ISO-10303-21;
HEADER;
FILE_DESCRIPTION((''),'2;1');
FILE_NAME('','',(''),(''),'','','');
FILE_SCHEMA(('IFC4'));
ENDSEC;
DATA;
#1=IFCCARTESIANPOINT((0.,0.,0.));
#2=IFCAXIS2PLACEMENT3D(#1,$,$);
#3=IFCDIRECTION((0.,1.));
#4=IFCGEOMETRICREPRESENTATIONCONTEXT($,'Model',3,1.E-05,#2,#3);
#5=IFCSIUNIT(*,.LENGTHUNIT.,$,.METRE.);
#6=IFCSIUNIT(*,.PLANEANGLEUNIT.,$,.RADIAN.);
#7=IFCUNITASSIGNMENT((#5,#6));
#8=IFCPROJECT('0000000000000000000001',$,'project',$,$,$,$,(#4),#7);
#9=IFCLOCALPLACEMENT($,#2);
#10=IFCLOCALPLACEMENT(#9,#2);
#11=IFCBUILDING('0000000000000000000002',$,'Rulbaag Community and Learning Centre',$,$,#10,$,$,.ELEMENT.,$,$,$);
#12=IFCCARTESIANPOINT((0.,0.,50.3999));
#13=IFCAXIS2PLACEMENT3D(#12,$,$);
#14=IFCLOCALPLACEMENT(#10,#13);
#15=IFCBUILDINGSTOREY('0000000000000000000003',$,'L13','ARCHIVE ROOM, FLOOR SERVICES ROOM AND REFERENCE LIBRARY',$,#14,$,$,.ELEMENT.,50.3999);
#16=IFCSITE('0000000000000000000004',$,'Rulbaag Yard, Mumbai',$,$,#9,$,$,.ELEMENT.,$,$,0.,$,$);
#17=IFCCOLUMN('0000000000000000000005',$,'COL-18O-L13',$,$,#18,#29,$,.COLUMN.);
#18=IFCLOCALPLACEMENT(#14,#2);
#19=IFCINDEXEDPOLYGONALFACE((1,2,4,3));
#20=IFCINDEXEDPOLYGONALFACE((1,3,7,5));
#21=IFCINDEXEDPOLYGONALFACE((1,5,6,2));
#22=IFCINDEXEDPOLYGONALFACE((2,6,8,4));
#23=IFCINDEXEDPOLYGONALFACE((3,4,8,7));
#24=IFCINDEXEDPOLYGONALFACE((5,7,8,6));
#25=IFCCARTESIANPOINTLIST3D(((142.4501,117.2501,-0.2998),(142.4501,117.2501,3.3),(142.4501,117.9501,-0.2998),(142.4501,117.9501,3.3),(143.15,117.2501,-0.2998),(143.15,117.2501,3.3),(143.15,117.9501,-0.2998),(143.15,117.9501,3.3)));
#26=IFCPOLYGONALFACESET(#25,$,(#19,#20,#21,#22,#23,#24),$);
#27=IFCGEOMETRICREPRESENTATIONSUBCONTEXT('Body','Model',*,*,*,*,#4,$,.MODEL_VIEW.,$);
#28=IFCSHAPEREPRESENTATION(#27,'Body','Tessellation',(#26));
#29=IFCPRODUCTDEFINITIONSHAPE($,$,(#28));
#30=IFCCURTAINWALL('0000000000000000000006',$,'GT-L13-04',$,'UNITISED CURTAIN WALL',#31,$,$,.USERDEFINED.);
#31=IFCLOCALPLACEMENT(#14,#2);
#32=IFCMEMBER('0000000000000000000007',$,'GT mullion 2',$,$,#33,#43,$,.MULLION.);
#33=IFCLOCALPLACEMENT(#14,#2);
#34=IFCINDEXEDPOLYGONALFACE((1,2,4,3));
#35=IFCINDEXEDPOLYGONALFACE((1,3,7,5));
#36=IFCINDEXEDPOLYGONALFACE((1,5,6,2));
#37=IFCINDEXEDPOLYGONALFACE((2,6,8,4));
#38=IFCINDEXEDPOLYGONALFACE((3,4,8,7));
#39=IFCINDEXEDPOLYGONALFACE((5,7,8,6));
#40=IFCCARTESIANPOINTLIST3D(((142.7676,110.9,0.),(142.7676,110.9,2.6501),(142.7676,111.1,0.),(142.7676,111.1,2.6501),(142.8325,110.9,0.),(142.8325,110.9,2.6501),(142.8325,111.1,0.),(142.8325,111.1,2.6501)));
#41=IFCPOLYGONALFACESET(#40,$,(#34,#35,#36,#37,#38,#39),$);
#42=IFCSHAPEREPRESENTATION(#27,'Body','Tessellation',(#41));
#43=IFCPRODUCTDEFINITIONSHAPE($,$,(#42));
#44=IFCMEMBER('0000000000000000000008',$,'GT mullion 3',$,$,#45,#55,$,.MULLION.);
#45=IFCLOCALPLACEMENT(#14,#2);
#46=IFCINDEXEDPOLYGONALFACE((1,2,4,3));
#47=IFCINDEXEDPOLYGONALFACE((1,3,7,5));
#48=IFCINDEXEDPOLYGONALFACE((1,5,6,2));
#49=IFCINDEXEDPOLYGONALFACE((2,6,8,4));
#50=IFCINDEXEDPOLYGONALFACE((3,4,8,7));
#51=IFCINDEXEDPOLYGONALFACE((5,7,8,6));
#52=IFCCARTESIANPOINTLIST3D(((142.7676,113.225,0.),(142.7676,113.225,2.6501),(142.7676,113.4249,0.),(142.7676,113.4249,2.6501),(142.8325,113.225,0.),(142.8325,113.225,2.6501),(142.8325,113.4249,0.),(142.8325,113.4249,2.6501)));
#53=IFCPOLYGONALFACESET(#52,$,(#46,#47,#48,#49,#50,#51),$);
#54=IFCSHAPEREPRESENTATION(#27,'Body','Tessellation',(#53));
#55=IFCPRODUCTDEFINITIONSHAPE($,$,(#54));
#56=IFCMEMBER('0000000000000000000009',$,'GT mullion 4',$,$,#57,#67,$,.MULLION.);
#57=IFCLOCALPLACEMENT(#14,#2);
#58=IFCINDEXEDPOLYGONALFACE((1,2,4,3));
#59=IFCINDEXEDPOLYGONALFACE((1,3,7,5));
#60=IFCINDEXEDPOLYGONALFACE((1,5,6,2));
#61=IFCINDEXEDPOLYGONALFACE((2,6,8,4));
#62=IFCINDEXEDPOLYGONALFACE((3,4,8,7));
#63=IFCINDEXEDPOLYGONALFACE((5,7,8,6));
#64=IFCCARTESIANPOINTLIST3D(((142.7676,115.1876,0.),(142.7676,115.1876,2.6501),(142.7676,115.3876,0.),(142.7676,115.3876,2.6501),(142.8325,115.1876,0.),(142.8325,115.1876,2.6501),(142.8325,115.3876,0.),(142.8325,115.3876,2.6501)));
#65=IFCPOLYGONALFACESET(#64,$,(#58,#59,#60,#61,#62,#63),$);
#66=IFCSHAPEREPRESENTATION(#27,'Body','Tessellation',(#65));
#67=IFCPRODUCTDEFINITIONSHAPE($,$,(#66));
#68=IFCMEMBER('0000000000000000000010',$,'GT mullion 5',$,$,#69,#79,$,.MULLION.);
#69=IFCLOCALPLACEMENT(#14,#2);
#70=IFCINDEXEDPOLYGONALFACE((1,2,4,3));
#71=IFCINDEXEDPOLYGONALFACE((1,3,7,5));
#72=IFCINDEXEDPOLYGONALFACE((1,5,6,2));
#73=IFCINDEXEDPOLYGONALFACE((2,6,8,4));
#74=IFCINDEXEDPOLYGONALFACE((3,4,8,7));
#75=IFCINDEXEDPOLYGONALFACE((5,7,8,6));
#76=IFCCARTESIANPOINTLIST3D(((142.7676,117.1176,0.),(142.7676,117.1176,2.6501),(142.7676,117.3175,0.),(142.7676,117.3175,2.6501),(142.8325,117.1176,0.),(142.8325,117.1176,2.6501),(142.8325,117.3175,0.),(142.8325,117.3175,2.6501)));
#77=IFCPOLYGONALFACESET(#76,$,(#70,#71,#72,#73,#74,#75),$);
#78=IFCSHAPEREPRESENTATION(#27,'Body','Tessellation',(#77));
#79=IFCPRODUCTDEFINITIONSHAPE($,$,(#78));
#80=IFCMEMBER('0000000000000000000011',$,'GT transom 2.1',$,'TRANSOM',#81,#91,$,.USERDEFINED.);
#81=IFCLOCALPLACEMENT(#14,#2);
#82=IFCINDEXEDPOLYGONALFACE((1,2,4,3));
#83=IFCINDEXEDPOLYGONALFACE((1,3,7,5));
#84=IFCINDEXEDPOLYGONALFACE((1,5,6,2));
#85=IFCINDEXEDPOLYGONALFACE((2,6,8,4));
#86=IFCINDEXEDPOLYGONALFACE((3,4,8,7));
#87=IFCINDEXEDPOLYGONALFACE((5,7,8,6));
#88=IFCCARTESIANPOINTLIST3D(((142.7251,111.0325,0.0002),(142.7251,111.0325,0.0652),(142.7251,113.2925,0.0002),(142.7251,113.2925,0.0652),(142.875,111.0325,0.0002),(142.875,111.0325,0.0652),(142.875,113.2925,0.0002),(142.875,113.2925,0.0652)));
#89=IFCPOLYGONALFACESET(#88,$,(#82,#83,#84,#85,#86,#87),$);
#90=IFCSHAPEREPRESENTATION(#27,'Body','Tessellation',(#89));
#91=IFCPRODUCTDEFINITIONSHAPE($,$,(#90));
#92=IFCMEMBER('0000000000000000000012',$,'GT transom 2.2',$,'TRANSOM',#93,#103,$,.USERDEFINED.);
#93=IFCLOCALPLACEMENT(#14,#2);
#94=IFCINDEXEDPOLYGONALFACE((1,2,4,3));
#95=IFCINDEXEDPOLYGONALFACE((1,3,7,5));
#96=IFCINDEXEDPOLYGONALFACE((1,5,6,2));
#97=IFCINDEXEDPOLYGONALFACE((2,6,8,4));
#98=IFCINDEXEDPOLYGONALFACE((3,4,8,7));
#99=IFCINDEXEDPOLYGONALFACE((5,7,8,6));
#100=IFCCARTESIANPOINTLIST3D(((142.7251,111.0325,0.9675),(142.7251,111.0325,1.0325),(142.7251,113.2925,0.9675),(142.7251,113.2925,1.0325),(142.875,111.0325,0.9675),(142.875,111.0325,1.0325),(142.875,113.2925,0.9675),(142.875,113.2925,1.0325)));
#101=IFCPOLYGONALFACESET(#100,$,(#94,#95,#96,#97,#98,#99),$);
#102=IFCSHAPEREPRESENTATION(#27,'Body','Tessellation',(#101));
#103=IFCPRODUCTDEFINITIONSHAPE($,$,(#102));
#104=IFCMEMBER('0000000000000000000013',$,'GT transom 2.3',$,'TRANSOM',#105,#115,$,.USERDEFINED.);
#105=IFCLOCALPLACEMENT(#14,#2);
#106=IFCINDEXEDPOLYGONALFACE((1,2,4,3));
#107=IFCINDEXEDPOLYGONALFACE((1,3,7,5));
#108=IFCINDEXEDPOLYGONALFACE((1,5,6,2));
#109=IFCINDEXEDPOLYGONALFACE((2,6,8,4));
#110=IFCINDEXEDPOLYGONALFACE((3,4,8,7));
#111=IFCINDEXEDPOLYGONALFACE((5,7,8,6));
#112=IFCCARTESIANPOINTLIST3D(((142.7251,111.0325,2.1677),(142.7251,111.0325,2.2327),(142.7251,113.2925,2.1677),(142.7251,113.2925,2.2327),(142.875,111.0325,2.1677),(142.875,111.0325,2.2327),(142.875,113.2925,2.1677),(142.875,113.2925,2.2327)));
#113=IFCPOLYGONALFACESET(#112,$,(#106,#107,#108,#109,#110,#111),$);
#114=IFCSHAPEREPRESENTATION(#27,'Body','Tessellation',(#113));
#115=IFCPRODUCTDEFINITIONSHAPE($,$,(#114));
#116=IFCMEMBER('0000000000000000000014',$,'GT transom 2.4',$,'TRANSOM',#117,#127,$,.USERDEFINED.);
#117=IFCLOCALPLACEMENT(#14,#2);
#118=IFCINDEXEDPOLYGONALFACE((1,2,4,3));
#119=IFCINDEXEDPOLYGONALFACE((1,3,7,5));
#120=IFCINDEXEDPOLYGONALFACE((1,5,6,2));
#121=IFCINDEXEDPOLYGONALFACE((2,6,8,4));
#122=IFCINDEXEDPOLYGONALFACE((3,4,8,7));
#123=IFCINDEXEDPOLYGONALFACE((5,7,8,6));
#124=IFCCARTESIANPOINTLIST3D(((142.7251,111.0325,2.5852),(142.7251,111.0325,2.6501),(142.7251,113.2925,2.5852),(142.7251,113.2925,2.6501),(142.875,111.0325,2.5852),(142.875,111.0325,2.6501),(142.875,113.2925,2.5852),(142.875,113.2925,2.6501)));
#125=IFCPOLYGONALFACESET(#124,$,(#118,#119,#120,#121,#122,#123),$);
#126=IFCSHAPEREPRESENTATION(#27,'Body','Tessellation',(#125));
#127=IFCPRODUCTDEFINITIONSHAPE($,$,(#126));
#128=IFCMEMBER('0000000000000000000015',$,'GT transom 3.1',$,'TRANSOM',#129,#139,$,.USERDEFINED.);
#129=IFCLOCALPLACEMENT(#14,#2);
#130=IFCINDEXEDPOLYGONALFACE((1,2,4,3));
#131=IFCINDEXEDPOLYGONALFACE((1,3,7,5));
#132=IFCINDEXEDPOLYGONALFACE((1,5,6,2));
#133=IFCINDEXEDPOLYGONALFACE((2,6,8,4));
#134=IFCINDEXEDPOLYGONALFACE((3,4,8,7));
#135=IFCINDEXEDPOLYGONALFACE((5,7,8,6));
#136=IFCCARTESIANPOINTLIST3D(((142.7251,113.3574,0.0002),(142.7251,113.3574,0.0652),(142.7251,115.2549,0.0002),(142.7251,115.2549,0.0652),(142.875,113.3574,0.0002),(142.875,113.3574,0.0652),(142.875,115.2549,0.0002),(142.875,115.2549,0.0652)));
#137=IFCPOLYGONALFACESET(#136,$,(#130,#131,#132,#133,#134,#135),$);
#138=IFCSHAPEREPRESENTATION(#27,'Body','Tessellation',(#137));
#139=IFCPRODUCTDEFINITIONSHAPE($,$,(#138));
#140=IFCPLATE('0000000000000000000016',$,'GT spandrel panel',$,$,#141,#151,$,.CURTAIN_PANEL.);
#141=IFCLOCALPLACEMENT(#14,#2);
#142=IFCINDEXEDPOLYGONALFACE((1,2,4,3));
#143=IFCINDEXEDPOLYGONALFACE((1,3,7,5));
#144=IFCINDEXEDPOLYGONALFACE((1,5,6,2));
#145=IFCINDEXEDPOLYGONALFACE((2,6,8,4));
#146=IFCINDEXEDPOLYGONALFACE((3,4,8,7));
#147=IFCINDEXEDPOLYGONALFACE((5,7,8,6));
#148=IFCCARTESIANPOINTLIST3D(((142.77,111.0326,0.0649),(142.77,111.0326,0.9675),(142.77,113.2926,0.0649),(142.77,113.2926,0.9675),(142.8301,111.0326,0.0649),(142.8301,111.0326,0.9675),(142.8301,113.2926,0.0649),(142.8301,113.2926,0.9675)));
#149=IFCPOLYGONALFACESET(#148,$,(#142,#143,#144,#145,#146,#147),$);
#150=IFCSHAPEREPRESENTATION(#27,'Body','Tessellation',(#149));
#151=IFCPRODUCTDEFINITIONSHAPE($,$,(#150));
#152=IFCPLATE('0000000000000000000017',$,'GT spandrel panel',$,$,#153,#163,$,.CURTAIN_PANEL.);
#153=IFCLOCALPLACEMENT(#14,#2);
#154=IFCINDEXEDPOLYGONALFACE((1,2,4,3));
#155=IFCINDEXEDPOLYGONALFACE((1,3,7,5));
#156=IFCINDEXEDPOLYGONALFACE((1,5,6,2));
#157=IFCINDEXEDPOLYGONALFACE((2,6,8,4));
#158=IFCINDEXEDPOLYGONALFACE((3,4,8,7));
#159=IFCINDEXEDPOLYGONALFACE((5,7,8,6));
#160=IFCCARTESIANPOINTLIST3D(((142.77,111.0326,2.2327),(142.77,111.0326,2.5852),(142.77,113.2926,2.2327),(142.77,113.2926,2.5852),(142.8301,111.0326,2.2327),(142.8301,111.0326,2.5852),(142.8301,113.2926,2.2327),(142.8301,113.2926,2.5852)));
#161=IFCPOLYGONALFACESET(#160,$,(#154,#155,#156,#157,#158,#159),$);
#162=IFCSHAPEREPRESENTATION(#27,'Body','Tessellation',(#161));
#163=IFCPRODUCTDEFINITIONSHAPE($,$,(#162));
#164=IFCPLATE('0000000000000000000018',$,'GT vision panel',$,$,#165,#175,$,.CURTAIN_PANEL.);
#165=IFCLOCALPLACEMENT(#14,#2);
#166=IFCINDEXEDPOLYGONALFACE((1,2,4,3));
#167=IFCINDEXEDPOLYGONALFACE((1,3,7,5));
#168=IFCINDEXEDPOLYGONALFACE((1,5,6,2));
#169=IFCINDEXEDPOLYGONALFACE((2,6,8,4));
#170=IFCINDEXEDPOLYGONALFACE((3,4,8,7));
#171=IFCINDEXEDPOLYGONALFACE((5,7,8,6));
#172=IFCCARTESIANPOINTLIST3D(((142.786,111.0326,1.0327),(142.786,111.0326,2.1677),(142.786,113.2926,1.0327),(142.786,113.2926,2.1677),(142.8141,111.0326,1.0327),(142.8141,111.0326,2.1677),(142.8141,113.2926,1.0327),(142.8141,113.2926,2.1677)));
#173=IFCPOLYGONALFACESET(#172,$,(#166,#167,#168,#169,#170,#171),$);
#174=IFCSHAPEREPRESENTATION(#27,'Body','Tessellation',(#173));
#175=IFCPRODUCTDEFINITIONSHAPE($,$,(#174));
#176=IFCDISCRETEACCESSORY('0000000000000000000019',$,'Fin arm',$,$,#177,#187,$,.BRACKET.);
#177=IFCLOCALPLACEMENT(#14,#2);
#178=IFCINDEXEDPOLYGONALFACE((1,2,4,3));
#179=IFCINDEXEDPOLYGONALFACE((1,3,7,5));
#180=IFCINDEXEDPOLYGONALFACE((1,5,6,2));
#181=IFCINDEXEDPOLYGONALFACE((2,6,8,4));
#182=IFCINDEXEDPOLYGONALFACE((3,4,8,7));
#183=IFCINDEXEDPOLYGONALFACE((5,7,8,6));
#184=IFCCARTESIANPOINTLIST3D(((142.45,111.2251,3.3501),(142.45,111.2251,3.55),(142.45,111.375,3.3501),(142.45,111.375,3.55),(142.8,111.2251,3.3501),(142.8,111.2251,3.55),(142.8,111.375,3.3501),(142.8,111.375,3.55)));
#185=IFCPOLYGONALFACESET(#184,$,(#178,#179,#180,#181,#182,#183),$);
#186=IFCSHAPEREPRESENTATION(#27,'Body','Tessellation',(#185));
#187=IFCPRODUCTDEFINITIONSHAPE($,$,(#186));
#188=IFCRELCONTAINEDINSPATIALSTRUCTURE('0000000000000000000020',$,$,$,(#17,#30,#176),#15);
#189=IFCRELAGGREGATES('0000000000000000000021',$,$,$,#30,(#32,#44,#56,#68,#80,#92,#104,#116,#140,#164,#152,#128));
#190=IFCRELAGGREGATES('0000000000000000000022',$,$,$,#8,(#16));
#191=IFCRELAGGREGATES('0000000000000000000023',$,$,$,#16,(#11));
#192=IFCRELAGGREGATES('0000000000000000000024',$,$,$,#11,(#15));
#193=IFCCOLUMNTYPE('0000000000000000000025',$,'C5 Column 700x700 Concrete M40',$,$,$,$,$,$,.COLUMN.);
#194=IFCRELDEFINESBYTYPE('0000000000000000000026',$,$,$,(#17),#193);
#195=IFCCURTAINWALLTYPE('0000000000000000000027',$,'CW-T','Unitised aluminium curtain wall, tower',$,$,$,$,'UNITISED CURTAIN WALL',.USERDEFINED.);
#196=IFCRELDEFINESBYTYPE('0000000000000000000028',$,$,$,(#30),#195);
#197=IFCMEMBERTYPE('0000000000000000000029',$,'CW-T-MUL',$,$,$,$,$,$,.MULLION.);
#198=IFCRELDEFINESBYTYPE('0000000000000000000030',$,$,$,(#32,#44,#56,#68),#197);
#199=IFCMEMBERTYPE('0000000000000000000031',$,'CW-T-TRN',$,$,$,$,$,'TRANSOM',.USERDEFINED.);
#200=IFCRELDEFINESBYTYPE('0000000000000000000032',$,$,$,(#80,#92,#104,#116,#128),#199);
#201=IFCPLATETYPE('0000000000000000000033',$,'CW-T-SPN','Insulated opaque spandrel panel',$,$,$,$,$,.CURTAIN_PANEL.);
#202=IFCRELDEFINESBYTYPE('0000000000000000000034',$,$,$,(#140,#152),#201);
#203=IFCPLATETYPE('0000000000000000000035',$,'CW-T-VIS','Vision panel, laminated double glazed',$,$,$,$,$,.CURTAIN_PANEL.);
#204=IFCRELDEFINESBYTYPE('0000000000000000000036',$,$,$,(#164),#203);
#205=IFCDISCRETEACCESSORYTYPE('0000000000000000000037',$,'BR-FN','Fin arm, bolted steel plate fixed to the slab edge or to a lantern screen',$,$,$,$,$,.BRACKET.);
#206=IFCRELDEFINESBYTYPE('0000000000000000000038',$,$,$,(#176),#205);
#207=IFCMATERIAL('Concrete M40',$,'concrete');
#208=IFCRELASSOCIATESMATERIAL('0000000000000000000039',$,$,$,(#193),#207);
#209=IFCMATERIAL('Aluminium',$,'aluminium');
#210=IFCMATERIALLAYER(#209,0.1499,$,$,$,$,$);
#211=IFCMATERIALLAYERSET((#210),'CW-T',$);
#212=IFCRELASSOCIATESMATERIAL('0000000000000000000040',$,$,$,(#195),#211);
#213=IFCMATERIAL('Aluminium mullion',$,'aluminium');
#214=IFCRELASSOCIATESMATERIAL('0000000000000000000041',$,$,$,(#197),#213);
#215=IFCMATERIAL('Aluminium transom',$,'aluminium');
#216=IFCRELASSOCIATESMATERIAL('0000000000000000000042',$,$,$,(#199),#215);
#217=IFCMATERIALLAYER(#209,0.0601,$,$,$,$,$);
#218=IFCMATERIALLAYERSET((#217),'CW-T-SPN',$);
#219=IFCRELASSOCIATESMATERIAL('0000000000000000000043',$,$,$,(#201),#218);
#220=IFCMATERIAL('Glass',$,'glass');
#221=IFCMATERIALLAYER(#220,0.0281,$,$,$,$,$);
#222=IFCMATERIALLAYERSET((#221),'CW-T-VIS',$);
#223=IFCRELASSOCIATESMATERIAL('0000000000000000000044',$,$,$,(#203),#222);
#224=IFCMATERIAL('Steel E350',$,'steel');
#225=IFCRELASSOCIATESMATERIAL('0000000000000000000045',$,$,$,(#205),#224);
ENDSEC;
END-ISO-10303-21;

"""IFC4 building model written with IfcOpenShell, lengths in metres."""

from ifc_helpers import new_model, si_unit, direction, frame, origin, origin_2d, place, context, subcontext, project, spatial, rectangle, extrude, material, layer, layer_set, material_profile, profile_set, type_object, element, aggregate, save


model = new_model("IFC4")

# Units and contexts
model_context = context("Model", 3, precision=1e-05, world=origin(), true_north=direction((0.0, 1.0)))
body_context = subcontext(model_context, "Body", "Model", "MODEL_VIEW")
ifc_project = project(units=[si_unit("LENGTHUNIT", "METRE"), si_unit("PLANEANGLEUNIT", "RADIAN")], contexts=[model_context])

# Site, building, storey
site_placement = place(None, origin())
site = spatial("IfcSite", under=ifc_project, at=site_placement, Name="Rulbaag Yard, Mumbai", CompositionType="ELEMENT", RefElevation=0.0)
building_placement = place(site_placement, origin())
building = spatial("IfcBuilding", under=site, at=building_placement, Name="Rulbaag Community and Learning Centre", CompositionType="ELEMENT")
storey_placement = place(building_placement, frame((0.0, 0.0, 50.3999)))
storey = spatial("IfcBuildingStorey", under=building, at=storey_placement, Name="L13", Description="ARCHIVE ROOM, FLOOR SERVICES ROOM AND REFERENCE LIBRARY", CompositionType="ELEMENT", Elevation=50.3999)

# Column
ifc_material_1 = material(Name="Concrete M40", Category="concrete")
ifc_material_profile_1 = material_profile(ifc_material_1, rectangle(XDim=0.7, YDim=0.7, at=origin_2d()), Name="RC700x700")
ifc_profile_set_1 = profile_set([ifc_material_profile_1], Name="Concrete M40")
column_type = type_object("IfcColumnType", Name="C5 Column 700x700 Concrete M40", PredefinedType="COLUMN", material=ifc_profile_set_1)
column_placement = place(storey_placement, frame((142.8, 117.6001, -0.2998), z_axis=(0.0, 0.0, 1.0), x_axis=(1.0, 0.0, 0.0)))
element("IfcColumn", 1, at=column_placement, inside=storey, type_object=column_type, Name="COL-18O-L13", PredefinedType="COLUMN", context=body_context, shape_type="SweptSolid", body=[
    extrude(rectangle(XDim=0.7, YDim=0.7, at=origin_2d()), origin(), (0.0, 0.0, 1.0), 3.5999),
])

# Curtain wall, members, plates
ifc_material_2 = material(Name="Aluminium", Category="aluminium")
ifc_layer_1 = layer(ifc_material_2, 0.1499)
ifc_layer_set_1 = layer_set([ifc_layer_1], Name="CW-T")
curtain_wall_type = type_object("IfcCurtainWallType", Name="CW-T", Description="Unitised aluminium curtain wall, tower", ElementType="UNITISED CURTAIN WALL", PredefinedType="USERDEFINED", material=ifc_layer_set_1)
curtain_wall_placement = place(storey_placement, origin())
curtain_wall = element("IfcCurtainWall", 2, at=curtain_wall_placement, inside=storey, type_object=curtain_wall_type, Name="GT-L13-04", ObjectType="UNITISED CURTAIN WALL", PredefinedType="USERDEFINED")
ifc_material_3 = material(Name="Aluminium mullion", Category="aluminium")
ifc_material_profile_2 = material_profile(ifc_material_3, rectangle(XDim=0.0649, YDim=0.2, at=origin_2d()), Name="AL 65x200")
ifc_profile_set_2 = profile_set([ifc_material_profile_2], Name="Aluminium mullion")
member_type_1 = type_object("IfcMemberType", Name="CW-T-MUL", PredefinedType="MULLION", material=ifc_profile_set_2)
member_1_placement = place(storey_placement, frame((142.8, 111.0, 0.0), z_axis=(0.0, 0.0, 1.0), x_axis=(-1.0, 0.0, 0.0)))
member_1 = element("IfcMember", 3, at=member_1_placement, type_object=member_type_1, Name="GT mullion 2", PredefinedType="MULLION", context=body_context, shape_type="SweptSolid", body=[
    extrude(rectangle(XDim=0.0649, YDim=0.2, at=origin_2d()), origin(), (0.0, 0.0, 1.0), 2.6501),
])
member_2_placement = place(storey_placement, frame((142.8, 113.325, 0.0), z_axis=(0.0, 0.0, 1.0), x_axis=(-1.0, 0.0, 0.0)))
member_2 = element("IfcMember", 4, at=member_2_placement, type_object=member_type_1, Name="GT mullion 3", PredefinedType="MULLION", context=body_context, shape_type="SweptSolid", body=[
    extrude(rectangle(XDim=0.0649, YDim=0.2, at=origin_2d()), origin(), (0.0, 0.0, 1.0), 2.6501),
])
member_3_placement = place(storey_placement, frame((142.8, 115.2876, 0.0), z_axis=(0.0, 0.0, 1.0), x_axis=(-1.0, 0.0, 0.0)))
member_3 = element("IfcMember", 5, at=member_3_placement, type_object=member_type_1, Name="GT mullion 4", PredefinedType="MULLION", context=body_context, shape_type="SweptSolid", body=[
    extrude(rectangle(XDim=0.0649, YDim=0.2, at=origin_2d()), origin(), (0.0, 0.0, 1.0), 2.6501),
])
member_4_placement = place(storey_placement, frame((142.8, 117.2175, 0.0), z_axis=(0.0, 0.0, 1.0), x_axis=(-1.0, 0.0, 0.0)))
member_4 = element("IfcMember", 6, at=member_4_placement, type_object=member_type_1, Name="GT mullion 5", PredefinedType="MULLION", context=body_context, shape_type="SweptSolid", body=[
    extrude(rectangle(XDim=0.0649, YDim=0.2, at=origin_2d()), origin(), (0.0, 0.0, 1.0), 2.6501),
])
ifc_material_4 = material(Name="Aluminium transom", Category="aluminium")
ifc_material_profile_3 = material_profile(ifc_material_4, rectangle(XDim=0.1499, YDim=0.0649, at=origin_2d()), Name="AL 65x150 T")
ifc_profile_set_3 = profile_set([ifc_material_profile_3], Name="Aluminium transom")
member_type_2 = type_object("IfcMemberType", Name="CW-T-TRN", ElementType="TRANSOM", PredefinedType="USERDEFINED", material=ifc_profile_set_3)
member_5_placement = place(storey_placement, frame((142.8, 111.0325, 0.0327), z_axis=(0.0, 1.0, 0.0), x_axis=(-1.0, 0.0, 0.0)))
member_5 = element("IfcMember", 7, at=member_5_placement, type_object=member_type_2, Name="GT transom 2.1", ObjectType="TRANSOM", PredefinedType="USERDEFINED", context=body_context, shape_type="SweptSolid", body=[
    extrude(rectangle(XDim=0.1499, YDim=0.0649, at=origin_2d()), origin(), (0.0, 0.0, 1.0), 2.26),
])
member_6_placement = place(storey_placement, frame((142.8, 111.0325, 1.0), z_axis=(0.0, 1.0, 0.0), x_axis=(-1.0, 0.0, 0.0)))
member_6 = element("IfcMember", 8, at=member_6_placement, type_object=member_type_2, Name="GT transom 2.2", ObjectType="TRANSOM", PredefinedType="USERDEFINED", context=body_context, shape_type="SweptSolid", body=[
    extrude(rectangle(XDim=0.1499, YDim=0.0649, at=origin_2d()), origin(), (0.0, 0.0, 1.0), 2.26),
])
member_7_placement = place(storey_placement, frame((142.8, 111.0325, 2.2002), z_axis=(0.0, 1.0, 0.0), x_axis=(-1.0, 0.0, 0.0)))
member_7 = element("IfcMember", 9, at=member_7_placement, type_object=member_type_2, Name="GT transom 2.3", ObjectType="TRANSOM", PredefinedType="USERDEFINED", context=body_context, shape_type="SweptSolid", body=[
    extrude(rectangle(XDim=0.1499, YDim=0.0649, at=origin_2d()), origin(), (0.0, 0.0, 1.0), 2.26),
])
member_8_placement = place(storey_placement, frame((142.8, 111.0325, 2.6177), z_axis=(0.0, 1.0, 0.0), x_axis=(-1.0, 0.0, 0.0)))
member_8 = element("IfcMember", 10, at=member_8_placement, type_object=member_type_2, Name="GT transom 2.4", ObjectType="TRANSOM", PredefinedType="USERDEFINED", context=body_context, shape_type="SweptSolid", body=[
    extrude(rectangle(XDim=0.1499, YDim=0.0649, at=origin_2d()), origin(), (0.0, 0.0, 1.0), 2.26),
])
member_9_placement = place(storey_placement, frame((142.8, 113.3574, 0.0327), z_axis=(0.0, 1.0, 0.0), x_axis=(-1.0, 0.0, 0.0)))
member_9 = element("IfcMember", 11, at=member_9_placement, type_object=member_type_2, Name="GT transom 3.1", ObjectType="TRANSOM", PredefinedType="USERDEFINED", context=body_context, shape_type="SweptSolid", body=[
    extrude(rectangle(XDim=0.1499, YDim=0.0649, at=origin_2d()), origin(), (0.0, 0.0, 1.0), 1.8975),
])
ifc_layer_2 = layer(ifc_material_2, 0.0601)
ifc_layer_set_2 = layer_set([ifc_layer_2], Name="CW-T-SPN")
plate_type_1 = type_object("IfcPlateType", Name="CW-T-SPN", Description="Insulated opaque spandrel panel", PredefinedType="CURTAIN_PANEL", material=ifc_layer_set_2)
plate_1_placement = place(storey_placement, frame((142.8, 112.1626, 0.0649), z_axis=(0.0, 0.0, 1.0), x_axis=(0.0, 1.0, 0.0)))
plate_1 = element("IfcPlate", 12, at=plate_1_placement, type_object=plate_type_1, Name="GT spandrel panel", PredefinedType="CURTAIN_PANEL", context=body_context, shape_type="SweptSolid", body=[
    extrude(rectangle(XDim=2.26, YDim=0.0601, at=origin_2d()), origin(), (0.0, 0.0, 1.0), 0.9026),
])
plate_2_placement = place(storey_placement, frame((142.8, 112.1626, 2.2327), z_axis=(0.0, 0.0, 1.0), x_axis=(0.0, 1.0, 0.0)))
plate_2 = element("IfcPlate", 13, at=plate_2_placement, type_object=plate_type_1, Name="GT spandrel panel", PredefinedType="CURTAIN_PANEL", context=body_context, shape_type="SweptSolid", body=[
    extrude(rectangle(XDim=2.26, YDim=0.0601, at=origin_2d()), origin(), (0.0, 0.0, 1.0), 0.3525),
])
ifc_material_5 = material(Name="Glass", Category="glass")
ifc_layer_3 = layer(ifc_material_5, 0.0281)
ifc_layer_set_3 = layer_set([ifc_layer_3], Name="CW-T-VIS")
plate_type_2 = type_object("IfcPlateType", Name="CW-T-VIS", Description="Vision panel, laminated double glazed", PredefinedType="CURTAIN_PANEL", material=ifc_layer_set_3)
plate_3_placement = place(storey_placement, frame((142.8, 112.1626, 1.0327), z_axis=(0.0, 0.0, 1.0), x_axis=(0.0, 1.0, 0.0)))
plate_3 = element("IfcPlate", 14, at=plate_3_placement, type_object=plate_type_2, Name="GT vision panel", PredefinedType="CURTAIN_PANEL", context=body_context, shape_type="SweptSolid", body=[
    extrude(rectangle(XDim=2.26, YDim=0.0281, at=origin_2d()), origin(), (0.0, 0.0, 1.0), 1.135),
])
aggregate(curtain_wall, [member_1, member_2, member_3, member_4, member_5, member_6, member_7, member_8, plate_1, plate_3, plate_2, member_9])

# Discrete accessory
ifc_material_6 = material(Name="Steel E350", Category="steel")
discrete_accessory_type = type_object("IfcDiscreteAccessoryType", Name="BR-FN", Description="Fin arm, bolted steel plate fixed to the slab edge or to a lantern screen", PredefinedType="BRACKET", material=ifc_material_6)
for number, where, z_axis, x_axis, name in (
    (15, (142.625, 111.3, 3.3501), (0.0, 0.0, 1.0), (1.0, 0.0, 0.0), "Fin arm"),
):
    element("IfcDiscreteAccessory", number, at=place(storey_placement, frame(where, z_axis=z_axis, x_axis=x_axis)), inside=storey, type_object=discrete_accessory_type, Name=name, PredefinedType="BRACKET", context=body_context, shape_type="SweptSolid", body=[
        extrude(rectangle(XDim=0.3501, YDim=0.1499, at=origin_2d()), origin(), (0.0, 0.0, 1.0), 0.2),
    ])

save(model, "model.ifc")
